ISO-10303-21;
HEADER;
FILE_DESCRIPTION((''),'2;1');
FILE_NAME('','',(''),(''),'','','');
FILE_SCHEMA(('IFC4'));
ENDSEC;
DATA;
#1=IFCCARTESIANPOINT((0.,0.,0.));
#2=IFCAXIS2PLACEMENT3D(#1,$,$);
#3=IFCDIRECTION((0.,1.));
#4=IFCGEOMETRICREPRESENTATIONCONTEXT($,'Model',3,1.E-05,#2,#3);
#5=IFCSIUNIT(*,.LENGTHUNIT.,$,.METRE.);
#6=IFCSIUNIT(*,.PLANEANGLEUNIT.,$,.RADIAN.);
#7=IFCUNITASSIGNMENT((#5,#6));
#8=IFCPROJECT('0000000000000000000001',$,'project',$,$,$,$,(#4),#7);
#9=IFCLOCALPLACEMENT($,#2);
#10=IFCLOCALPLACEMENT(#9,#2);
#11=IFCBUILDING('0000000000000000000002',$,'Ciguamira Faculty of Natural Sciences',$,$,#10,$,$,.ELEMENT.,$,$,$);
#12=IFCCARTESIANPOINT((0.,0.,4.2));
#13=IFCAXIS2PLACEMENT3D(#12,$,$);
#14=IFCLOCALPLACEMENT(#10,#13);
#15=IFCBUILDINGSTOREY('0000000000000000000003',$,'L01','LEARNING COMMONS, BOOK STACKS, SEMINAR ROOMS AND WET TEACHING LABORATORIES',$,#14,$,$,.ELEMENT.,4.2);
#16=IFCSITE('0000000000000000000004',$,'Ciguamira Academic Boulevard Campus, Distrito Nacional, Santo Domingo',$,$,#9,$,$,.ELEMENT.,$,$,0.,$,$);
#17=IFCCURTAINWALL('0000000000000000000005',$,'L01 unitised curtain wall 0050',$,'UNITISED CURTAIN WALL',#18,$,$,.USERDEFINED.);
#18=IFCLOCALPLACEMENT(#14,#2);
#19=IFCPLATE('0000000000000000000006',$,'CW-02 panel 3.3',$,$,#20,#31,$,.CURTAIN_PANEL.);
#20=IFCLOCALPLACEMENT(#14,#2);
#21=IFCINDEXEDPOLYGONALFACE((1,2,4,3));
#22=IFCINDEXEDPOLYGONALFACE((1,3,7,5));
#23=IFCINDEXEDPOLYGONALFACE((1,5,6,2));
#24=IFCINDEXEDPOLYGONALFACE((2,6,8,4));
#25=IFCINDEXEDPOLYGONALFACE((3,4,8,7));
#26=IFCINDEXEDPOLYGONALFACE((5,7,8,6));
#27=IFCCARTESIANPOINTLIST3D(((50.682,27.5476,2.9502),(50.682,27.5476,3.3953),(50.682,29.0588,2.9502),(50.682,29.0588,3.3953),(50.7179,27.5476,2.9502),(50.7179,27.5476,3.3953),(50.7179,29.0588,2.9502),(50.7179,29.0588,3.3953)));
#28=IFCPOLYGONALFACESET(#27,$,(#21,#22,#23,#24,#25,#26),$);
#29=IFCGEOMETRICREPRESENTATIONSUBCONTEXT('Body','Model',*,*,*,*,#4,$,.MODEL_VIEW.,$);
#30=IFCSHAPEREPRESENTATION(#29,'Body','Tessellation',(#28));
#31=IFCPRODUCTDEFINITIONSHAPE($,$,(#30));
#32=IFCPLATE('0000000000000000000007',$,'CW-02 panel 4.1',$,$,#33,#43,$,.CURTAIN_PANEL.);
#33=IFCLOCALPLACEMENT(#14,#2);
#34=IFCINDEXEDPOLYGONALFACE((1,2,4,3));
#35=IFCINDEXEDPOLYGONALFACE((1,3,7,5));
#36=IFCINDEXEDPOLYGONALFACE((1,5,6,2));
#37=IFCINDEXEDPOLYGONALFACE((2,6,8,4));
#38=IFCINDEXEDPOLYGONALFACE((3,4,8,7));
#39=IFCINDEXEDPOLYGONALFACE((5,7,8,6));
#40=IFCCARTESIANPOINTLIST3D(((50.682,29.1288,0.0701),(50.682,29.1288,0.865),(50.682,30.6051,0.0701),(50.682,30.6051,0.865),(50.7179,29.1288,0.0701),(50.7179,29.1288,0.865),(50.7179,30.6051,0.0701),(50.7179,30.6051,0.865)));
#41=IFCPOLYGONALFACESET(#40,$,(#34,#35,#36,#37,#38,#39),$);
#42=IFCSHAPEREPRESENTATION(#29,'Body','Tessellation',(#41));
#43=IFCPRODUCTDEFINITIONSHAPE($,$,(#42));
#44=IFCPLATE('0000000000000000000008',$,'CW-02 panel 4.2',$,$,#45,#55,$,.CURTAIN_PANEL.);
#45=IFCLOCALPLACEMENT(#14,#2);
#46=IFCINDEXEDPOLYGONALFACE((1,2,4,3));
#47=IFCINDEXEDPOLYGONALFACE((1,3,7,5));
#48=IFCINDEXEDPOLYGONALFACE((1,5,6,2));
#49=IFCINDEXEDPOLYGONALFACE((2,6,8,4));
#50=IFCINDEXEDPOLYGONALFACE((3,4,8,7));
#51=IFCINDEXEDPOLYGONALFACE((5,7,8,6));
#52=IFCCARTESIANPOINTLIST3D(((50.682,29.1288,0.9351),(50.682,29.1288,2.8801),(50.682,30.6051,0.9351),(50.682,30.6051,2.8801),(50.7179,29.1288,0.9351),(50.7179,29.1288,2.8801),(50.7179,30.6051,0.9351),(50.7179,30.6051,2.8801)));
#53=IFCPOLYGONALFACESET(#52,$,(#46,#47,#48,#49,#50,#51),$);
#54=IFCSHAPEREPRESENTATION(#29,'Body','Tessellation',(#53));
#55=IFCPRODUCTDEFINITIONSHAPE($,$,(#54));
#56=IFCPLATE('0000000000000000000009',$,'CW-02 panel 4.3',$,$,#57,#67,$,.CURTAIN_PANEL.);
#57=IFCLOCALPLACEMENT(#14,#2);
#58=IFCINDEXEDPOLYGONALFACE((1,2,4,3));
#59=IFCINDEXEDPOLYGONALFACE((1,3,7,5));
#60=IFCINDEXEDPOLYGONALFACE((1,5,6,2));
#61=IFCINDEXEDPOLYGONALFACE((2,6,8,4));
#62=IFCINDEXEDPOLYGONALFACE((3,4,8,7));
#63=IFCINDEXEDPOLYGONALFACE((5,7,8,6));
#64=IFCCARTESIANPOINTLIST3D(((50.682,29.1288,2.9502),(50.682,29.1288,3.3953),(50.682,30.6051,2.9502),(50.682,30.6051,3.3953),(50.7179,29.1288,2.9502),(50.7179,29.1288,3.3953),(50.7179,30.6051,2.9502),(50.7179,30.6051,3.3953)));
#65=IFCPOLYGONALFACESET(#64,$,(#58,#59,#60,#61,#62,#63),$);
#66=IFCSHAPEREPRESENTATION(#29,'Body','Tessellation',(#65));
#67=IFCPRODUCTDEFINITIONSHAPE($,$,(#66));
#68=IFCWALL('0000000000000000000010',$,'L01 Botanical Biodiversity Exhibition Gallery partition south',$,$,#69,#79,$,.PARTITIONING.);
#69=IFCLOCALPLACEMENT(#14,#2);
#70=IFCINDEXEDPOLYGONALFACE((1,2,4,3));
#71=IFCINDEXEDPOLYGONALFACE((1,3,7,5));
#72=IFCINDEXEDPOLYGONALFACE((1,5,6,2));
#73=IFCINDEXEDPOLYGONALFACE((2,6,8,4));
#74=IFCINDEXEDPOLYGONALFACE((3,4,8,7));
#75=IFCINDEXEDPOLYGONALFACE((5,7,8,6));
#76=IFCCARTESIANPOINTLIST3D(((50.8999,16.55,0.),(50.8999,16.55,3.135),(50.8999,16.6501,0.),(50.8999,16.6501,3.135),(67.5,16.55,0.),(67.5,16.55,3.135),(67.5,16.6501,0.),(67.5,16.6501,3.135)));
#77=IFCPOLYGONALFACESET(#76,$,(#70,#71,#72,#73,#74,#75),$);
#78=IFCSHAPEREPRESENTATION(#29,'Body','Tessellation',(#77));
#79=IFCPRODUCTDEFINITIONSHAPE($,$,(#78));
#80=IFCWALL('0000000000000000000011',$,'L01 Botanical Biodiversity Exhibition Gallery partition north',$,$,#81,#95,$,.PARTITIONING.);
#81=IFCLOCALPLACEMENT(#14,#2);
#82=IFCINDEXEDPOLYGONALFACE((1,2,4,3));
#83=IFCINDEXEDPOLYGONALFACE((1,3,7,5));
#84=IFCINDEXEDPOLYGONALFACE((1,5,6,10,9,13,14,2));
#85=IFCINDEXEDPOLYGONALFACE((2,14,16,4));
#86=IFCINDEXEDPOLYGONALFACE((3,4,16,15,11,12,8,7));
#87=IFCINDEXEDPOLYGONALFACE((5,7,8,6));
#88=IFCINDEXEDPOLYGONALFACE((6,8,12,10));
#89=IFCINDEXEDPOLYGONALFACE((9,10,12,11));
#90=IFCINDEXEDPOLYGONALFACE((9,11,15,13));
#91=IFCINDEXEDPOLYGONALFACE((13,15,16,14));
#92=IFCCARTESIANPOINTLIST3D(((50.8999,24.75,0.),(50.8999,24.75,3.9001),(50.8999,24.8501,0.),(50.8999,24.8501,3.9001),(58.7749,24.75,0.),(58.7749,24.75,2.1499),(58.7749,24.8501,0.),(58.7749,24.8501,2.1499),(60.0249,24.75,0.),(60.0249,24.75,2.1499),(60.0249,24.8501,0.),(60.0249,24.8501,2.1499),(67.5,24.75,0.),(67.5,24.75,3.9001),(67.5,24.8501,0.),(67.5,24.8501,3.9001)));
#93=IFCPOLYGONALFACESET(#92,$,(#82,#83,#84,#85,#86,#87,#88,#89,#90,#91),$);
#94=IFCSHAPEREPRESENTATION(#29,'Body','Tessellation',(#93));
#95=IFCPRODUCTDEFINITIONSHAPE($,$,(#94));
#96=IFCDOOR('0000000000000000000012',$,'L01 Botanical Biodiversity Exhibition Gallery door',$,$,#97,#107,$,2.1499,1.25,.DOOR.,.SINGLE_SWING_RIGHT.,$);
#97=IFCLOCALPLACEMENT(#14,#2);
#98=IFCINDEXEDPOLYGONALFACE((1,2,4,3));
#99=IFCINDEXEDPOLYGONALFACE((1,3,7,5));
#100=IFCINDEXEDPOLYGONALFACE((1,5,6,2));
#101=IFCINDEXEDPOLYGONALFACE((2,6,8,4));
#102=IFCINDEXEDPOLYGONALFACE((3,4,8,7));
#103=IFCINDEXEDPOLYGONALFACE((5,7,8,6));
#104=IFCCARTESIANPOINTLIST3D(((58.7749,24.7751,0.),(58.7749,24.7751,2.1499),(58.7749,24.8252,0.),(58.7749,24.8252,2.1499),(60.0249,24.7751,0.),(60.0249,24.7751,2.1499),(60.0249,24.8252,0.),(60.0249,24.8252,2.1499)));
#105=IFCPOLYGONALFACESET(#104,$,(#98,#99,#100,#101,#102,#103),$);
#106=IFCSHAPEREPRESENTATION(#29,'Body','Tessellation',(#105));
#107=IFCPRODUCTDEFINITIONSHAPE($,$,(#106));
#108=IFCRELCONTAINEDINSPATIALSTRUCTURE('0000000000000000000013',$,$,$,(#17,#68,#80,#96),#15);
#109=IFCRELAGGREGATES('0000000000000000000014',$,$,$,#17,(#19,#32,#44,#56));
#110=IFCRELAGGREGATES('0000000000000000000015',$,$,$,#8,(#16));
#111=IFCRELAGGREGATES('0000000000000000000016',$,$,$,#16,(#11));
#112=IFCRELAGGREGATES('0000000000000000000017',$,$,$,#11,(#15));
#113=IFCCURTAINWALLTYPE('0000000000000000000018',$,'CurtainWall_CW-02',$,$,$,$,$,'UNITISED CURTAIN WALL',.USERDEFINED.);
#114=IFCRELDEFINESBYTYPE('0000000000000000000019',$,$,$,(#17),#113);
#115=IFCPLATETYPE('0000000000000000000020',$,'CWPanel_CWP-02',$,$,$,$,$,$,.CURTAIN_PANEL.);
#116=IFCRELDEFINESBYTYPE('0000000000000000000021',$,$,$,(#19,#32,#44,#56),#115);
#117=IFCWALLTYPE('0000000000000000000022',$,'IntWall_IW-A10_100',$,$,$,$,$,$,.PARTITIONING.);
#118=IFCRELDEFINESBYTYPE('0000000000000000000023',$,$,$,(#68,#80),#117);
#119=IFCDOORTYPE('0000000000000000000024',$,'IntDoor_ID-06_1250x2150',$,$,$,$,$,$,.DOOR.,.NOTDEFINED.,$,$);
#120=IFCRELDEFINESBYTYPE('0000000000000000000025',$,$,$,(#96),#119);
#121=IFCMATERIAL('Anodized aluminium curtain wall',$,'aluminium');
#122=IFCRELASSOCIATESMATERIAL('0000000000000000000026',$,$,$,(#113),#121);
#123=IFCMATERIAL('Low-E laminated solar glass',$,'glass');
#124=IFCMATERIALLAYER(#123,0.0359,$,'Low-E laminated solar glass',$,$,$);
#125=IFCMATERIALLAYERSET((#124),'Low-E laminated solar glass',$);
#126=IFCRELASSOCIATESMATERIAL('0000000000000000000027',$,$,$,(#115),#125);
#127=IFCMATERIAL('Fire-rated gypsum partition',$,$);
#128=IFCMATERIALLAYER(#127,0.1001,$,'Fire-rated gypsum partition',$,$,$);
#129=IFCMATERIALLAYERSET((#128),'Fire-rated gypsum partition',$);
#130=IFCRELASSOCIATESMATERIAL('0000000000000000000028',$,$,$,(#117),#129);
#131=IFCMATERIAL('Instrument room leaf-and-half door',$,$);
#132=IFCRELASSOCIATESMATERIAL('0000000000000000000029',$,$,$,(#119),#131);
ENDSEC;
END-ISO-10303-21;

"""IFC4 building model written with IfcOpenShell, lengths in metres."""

from ifc_helpers import new_model, si_unit, direction, frame, frame_2d, origin, origin_2d, place, context, subcontext, project, spatial, rectangle, extrude, material, layer, layer_set, type_object, element, fill, aggregate, save


model = new_model("IFC4")

# Units and contexts
model_context = context("Model", 3, precision=1e-05, world=origin(), true_north=direction((0.0, 1.0)))
body_context = subcontext(model_context, "Body", "Model", "MODEL_VIEW")
ifc_project = project(units=[si_unit("LENGTHUNIT", "METRE"), si_unit("PLANEANGLEUNIT", "RADIAN")], contexts=[model_context])

# Site, building, storey
site_placement = place(None, origin())
site = spatial("IfcSite", under=ifc_project, at=site_placement, Name="Ciguamira Academic Boulevard Campus, Distrito Nacional, Santo Domingo", CompositionType="ELEMENT", RefElevation=0.0)
building_placement = place(site_placement, origin())
building = spatial("IfcBuilding", under=site, at=building_placement, Name="Ciguamira Faculty of Natural Sciences", CompositionType="ELEMENT")
storey_placement = place(building_placement, frame((0.0, 0.0, 4.2)))
storey = spatial("IfcBuildingStorey", under=building, at=storey_placement, Name="L01", Description="LEARNING COMMONS, BOOK STACKS, SEMINAR ROOMS AND WET TEACHING LABORATORIES", CompositionType="ELEMENT", Elevation=4.2)

# Curtain wall
ifc_material_1 = material(Name="Anodized aluminium curtain wall", Category="aluminium")
curtain_wall_type = type_object("IfcCurtainWallType", Name="CurtainWall_CW-02", ElementType="UNITISED CURTAIN WALL", PredefinedType="USERDEFINED", material=ifc_material_1)
curtain_wall_placement = place(storey_placement, origin())
curtain_wall = element("IfcCurtainWall", 1, at=curtain_wall_placement, inside=storey, type_object=curtain_wall_type, Name="L01 unitised curtain wall 0050", ObjectType="UNITISED CURTAIN WALL", PredefinedType="USERDEFINED")

# Plates
ifc_material_2 = material(Name="Low-E laminated solar glass", Category="glass")
ifc_layer_1 = layer(ifc_material_2, 0.0359, Name="Low-E laminated solar glass")
ifc_layer_set_1 = layer_set([ifc_layer_1], Name="Low-E laminated solar glass")
plate_type = type_object("IfcPlateType", Name="CWPanel_CWP-02", PredefinedType="CURTAIN_PANEL", material=ifc_layer_set_1)
plate_1_placement = place(storey_placement, frame((50.7, 28.3032, 2.9502), z_axis=(0.0, 0.0, 1.0), x_axis=(0.0, 1.0, 0.0)))
plate_1 = element("IfcPlate", 2, at=plate_1_placement, type_object=plate_type, Name="CW-02 panel 3.3", PredefinedType="CURTAIN_PANEL", context=body_context, shape_type="SweptSolid", body=[
    extrude(rectangle(XDim=1.5112, YDim=0.0359, at=origin_2d()), origin(), (0.0, 0.0, 1.0), 0.4451),
])
plate_2_placement = place(storey_placement, frame((50.7, 29.8669, 0.0701), z_axis=(0.0, 0.0, 1.0), x_axis=(0.0, 1.0, 0.0)))
plate_2 = element("IfcPlate", 3, at=plate_2_placement, type_object=plate_type, Name="CW-02 panel 4.1", PredefinedType="CURTAIN_PANEL", context=body_context, shape_type="SweptSolid", body=[
    extrude(rectangle(XDim=1.4763, YDim=0.0359, at=origin_2d()), origin(), (0.0, 0.0, 1.0), 0.7949),
])
plate_3_placement = place(storey_placement, frame((50.7, 29.8669, 0.9351), z_axis=(0.0, 0.0, 1.0), x_axis=(0.0, 1.0, 0.0)))
plate_3 = element("IfcPlate", 4, at=plate_3_placement, type_object=plate_type, Name="CW-02 panel 4.2", PredefinedType="CURTAIN_PANEL", context=body_context, shape_type="SweptSolid", body=[
    extrude(rectangle(XDim=1.4763, YDim=0.0359, at=origin_2d()), origin(), (0.0, 0.0, 1.0), 1.9451),
])
plate_4_placement = place(storey_placement, frame((50.7, 29.8669, 2.9502), z_axis=(0.0, 0.0, 1.0), x_axis=(0.0, 1.0, 0.0)))
plate_4 = element("IfcPlate", 5, at=plate_4_placement, type_object=plate_type, Name="CW-02 panel 4.3", PredefinedType="CURTAIN_PANEL", context=body_context, shape_type="SweptSolid", body=[
    extrude(rectangle(XDim=1.4763, YDim=0.0359, at=origin_2d()), origin(), (0.0, 0.0, 1.0), 0.4451),
])
aggregate(curtain_wall, [plate_1, plate_2, plate_3, plate_4])

# Wall
ifc_material_3 = material(Name="Fire-rated gypsum partition")
ifc_layer_2 = layer(ifc_material_3, 0.1001, Name="Fire-rated gypsum partition")
ifc_layer_set_2 = layer_set([ifc_layer_2], Name="Fire-rated gypsum partition")
wall_type = type_object("IfcWallType", Name="IntWall_IW-A10_100", PredefinedType="PARTITIONING", material=ifc_layer_set_2)
wall_1_placement = place(storey_placement, frame((50.8999, 16.6001, 0.0), z_axis=(0.0, 0.0, 1.0), x_axis=(1.0, 0.0, 0.0)))
element("IfcWall", 6, at=wall_1_placement, inside=storey, type_object=wall_type, Name="L01 Botanical Biodiversity Exhibition Gallery partition south", PredefinedType="PARTITIONING", context=body_context, shape_type="SweptSolid", body=[
    extrude(rectangle(XDim=16.6001, YDim=0.1001, at=frame_2d((8.3, 0.0))), origin(), (0.0, 0.0, 1.0), 3.135),
])

# Wall, opening, door
wall_2_placement = place(storey_placement, frame((50.8999, 24.8, 0.0), z_axis=(0.0, 0.0, 1.0), x_axis=(1.0, 0.0, 0.0)))
wall_2 = element("IfcWall", 7, at=wall_2_placement, inside=storey, type_object=wall_type, Name="L01 Botanical Biodiversity Exhibition Gallery partition north", PredefinedType="PARTITIONING", context=body_context, shape_type="SweptSolid", body=[
    extrude(rectangle(XDim=16.6001, YDim=0.1001, at=frame_2d((8.3, 0.0))), origin(), (0.0, 0.0, 1.0), 3.9001),
])
opening_placement = place(wall_2_placement, frame((7.875, 0.0, 0.0)))
opening = element("IfcOpeningElement", 8, at=opening_placement, cuts=wall_2, PredefinedType="OPENING", context=body_context, shape_type="SweptSolid", body=[
    extrude(rectangle(XDim=1.25, YDim=2.1499, at=frame_2d((0.625, 1.075))), frame((0.0, 0.0601, 0.0), z_axis=(0.0, -1.0, 0.0), x_axis=(1.0, 0.0, 0.0)), (0.0, 0.0, 1.0), 0.1201),
])
ifc_material_4 = material(Name="Instrument room leaf-and-half door")
door_type = type_object("IfcDoorType", Name="IntDoor_ID-06_1250x2150", OperationType="NOTDEFINED", PredefinedType="DOOR", material=ifc_material_4)
door_placement = place(opening_placement, frame((1.25, 0.0, 0.0), z_axis=(0.0, 0.0, 1.0), x_axis=(-1.0, 0.0, 0.0)))
door = element("IfcDoor", 9, at=door_placement, inside=storey, type_object=door_type, Name="L01 Botanical Biodiversity Exhibition Gallery door", OperationType="SINGLE_SWING_RIGHT", OverallHeight=2.1499, OverallWidth=1.25, PredefinedType="DOOR", context=body_context, shape_type="SweptSolid", body=[
    extrude(rectangle(XDim=1.25, YDim=2.1499, at=frame_2d((0.625, 1.075))), frame((0.0, 0.0249, 0.0), z_axis=(0.0, -1.0, 0.0), x_axis=(1.0, 0.0, 0.0)), (0.0, 0.0, 1.0), 0.05),
])
fill(opening, door)

save(model, "model.ifc")
